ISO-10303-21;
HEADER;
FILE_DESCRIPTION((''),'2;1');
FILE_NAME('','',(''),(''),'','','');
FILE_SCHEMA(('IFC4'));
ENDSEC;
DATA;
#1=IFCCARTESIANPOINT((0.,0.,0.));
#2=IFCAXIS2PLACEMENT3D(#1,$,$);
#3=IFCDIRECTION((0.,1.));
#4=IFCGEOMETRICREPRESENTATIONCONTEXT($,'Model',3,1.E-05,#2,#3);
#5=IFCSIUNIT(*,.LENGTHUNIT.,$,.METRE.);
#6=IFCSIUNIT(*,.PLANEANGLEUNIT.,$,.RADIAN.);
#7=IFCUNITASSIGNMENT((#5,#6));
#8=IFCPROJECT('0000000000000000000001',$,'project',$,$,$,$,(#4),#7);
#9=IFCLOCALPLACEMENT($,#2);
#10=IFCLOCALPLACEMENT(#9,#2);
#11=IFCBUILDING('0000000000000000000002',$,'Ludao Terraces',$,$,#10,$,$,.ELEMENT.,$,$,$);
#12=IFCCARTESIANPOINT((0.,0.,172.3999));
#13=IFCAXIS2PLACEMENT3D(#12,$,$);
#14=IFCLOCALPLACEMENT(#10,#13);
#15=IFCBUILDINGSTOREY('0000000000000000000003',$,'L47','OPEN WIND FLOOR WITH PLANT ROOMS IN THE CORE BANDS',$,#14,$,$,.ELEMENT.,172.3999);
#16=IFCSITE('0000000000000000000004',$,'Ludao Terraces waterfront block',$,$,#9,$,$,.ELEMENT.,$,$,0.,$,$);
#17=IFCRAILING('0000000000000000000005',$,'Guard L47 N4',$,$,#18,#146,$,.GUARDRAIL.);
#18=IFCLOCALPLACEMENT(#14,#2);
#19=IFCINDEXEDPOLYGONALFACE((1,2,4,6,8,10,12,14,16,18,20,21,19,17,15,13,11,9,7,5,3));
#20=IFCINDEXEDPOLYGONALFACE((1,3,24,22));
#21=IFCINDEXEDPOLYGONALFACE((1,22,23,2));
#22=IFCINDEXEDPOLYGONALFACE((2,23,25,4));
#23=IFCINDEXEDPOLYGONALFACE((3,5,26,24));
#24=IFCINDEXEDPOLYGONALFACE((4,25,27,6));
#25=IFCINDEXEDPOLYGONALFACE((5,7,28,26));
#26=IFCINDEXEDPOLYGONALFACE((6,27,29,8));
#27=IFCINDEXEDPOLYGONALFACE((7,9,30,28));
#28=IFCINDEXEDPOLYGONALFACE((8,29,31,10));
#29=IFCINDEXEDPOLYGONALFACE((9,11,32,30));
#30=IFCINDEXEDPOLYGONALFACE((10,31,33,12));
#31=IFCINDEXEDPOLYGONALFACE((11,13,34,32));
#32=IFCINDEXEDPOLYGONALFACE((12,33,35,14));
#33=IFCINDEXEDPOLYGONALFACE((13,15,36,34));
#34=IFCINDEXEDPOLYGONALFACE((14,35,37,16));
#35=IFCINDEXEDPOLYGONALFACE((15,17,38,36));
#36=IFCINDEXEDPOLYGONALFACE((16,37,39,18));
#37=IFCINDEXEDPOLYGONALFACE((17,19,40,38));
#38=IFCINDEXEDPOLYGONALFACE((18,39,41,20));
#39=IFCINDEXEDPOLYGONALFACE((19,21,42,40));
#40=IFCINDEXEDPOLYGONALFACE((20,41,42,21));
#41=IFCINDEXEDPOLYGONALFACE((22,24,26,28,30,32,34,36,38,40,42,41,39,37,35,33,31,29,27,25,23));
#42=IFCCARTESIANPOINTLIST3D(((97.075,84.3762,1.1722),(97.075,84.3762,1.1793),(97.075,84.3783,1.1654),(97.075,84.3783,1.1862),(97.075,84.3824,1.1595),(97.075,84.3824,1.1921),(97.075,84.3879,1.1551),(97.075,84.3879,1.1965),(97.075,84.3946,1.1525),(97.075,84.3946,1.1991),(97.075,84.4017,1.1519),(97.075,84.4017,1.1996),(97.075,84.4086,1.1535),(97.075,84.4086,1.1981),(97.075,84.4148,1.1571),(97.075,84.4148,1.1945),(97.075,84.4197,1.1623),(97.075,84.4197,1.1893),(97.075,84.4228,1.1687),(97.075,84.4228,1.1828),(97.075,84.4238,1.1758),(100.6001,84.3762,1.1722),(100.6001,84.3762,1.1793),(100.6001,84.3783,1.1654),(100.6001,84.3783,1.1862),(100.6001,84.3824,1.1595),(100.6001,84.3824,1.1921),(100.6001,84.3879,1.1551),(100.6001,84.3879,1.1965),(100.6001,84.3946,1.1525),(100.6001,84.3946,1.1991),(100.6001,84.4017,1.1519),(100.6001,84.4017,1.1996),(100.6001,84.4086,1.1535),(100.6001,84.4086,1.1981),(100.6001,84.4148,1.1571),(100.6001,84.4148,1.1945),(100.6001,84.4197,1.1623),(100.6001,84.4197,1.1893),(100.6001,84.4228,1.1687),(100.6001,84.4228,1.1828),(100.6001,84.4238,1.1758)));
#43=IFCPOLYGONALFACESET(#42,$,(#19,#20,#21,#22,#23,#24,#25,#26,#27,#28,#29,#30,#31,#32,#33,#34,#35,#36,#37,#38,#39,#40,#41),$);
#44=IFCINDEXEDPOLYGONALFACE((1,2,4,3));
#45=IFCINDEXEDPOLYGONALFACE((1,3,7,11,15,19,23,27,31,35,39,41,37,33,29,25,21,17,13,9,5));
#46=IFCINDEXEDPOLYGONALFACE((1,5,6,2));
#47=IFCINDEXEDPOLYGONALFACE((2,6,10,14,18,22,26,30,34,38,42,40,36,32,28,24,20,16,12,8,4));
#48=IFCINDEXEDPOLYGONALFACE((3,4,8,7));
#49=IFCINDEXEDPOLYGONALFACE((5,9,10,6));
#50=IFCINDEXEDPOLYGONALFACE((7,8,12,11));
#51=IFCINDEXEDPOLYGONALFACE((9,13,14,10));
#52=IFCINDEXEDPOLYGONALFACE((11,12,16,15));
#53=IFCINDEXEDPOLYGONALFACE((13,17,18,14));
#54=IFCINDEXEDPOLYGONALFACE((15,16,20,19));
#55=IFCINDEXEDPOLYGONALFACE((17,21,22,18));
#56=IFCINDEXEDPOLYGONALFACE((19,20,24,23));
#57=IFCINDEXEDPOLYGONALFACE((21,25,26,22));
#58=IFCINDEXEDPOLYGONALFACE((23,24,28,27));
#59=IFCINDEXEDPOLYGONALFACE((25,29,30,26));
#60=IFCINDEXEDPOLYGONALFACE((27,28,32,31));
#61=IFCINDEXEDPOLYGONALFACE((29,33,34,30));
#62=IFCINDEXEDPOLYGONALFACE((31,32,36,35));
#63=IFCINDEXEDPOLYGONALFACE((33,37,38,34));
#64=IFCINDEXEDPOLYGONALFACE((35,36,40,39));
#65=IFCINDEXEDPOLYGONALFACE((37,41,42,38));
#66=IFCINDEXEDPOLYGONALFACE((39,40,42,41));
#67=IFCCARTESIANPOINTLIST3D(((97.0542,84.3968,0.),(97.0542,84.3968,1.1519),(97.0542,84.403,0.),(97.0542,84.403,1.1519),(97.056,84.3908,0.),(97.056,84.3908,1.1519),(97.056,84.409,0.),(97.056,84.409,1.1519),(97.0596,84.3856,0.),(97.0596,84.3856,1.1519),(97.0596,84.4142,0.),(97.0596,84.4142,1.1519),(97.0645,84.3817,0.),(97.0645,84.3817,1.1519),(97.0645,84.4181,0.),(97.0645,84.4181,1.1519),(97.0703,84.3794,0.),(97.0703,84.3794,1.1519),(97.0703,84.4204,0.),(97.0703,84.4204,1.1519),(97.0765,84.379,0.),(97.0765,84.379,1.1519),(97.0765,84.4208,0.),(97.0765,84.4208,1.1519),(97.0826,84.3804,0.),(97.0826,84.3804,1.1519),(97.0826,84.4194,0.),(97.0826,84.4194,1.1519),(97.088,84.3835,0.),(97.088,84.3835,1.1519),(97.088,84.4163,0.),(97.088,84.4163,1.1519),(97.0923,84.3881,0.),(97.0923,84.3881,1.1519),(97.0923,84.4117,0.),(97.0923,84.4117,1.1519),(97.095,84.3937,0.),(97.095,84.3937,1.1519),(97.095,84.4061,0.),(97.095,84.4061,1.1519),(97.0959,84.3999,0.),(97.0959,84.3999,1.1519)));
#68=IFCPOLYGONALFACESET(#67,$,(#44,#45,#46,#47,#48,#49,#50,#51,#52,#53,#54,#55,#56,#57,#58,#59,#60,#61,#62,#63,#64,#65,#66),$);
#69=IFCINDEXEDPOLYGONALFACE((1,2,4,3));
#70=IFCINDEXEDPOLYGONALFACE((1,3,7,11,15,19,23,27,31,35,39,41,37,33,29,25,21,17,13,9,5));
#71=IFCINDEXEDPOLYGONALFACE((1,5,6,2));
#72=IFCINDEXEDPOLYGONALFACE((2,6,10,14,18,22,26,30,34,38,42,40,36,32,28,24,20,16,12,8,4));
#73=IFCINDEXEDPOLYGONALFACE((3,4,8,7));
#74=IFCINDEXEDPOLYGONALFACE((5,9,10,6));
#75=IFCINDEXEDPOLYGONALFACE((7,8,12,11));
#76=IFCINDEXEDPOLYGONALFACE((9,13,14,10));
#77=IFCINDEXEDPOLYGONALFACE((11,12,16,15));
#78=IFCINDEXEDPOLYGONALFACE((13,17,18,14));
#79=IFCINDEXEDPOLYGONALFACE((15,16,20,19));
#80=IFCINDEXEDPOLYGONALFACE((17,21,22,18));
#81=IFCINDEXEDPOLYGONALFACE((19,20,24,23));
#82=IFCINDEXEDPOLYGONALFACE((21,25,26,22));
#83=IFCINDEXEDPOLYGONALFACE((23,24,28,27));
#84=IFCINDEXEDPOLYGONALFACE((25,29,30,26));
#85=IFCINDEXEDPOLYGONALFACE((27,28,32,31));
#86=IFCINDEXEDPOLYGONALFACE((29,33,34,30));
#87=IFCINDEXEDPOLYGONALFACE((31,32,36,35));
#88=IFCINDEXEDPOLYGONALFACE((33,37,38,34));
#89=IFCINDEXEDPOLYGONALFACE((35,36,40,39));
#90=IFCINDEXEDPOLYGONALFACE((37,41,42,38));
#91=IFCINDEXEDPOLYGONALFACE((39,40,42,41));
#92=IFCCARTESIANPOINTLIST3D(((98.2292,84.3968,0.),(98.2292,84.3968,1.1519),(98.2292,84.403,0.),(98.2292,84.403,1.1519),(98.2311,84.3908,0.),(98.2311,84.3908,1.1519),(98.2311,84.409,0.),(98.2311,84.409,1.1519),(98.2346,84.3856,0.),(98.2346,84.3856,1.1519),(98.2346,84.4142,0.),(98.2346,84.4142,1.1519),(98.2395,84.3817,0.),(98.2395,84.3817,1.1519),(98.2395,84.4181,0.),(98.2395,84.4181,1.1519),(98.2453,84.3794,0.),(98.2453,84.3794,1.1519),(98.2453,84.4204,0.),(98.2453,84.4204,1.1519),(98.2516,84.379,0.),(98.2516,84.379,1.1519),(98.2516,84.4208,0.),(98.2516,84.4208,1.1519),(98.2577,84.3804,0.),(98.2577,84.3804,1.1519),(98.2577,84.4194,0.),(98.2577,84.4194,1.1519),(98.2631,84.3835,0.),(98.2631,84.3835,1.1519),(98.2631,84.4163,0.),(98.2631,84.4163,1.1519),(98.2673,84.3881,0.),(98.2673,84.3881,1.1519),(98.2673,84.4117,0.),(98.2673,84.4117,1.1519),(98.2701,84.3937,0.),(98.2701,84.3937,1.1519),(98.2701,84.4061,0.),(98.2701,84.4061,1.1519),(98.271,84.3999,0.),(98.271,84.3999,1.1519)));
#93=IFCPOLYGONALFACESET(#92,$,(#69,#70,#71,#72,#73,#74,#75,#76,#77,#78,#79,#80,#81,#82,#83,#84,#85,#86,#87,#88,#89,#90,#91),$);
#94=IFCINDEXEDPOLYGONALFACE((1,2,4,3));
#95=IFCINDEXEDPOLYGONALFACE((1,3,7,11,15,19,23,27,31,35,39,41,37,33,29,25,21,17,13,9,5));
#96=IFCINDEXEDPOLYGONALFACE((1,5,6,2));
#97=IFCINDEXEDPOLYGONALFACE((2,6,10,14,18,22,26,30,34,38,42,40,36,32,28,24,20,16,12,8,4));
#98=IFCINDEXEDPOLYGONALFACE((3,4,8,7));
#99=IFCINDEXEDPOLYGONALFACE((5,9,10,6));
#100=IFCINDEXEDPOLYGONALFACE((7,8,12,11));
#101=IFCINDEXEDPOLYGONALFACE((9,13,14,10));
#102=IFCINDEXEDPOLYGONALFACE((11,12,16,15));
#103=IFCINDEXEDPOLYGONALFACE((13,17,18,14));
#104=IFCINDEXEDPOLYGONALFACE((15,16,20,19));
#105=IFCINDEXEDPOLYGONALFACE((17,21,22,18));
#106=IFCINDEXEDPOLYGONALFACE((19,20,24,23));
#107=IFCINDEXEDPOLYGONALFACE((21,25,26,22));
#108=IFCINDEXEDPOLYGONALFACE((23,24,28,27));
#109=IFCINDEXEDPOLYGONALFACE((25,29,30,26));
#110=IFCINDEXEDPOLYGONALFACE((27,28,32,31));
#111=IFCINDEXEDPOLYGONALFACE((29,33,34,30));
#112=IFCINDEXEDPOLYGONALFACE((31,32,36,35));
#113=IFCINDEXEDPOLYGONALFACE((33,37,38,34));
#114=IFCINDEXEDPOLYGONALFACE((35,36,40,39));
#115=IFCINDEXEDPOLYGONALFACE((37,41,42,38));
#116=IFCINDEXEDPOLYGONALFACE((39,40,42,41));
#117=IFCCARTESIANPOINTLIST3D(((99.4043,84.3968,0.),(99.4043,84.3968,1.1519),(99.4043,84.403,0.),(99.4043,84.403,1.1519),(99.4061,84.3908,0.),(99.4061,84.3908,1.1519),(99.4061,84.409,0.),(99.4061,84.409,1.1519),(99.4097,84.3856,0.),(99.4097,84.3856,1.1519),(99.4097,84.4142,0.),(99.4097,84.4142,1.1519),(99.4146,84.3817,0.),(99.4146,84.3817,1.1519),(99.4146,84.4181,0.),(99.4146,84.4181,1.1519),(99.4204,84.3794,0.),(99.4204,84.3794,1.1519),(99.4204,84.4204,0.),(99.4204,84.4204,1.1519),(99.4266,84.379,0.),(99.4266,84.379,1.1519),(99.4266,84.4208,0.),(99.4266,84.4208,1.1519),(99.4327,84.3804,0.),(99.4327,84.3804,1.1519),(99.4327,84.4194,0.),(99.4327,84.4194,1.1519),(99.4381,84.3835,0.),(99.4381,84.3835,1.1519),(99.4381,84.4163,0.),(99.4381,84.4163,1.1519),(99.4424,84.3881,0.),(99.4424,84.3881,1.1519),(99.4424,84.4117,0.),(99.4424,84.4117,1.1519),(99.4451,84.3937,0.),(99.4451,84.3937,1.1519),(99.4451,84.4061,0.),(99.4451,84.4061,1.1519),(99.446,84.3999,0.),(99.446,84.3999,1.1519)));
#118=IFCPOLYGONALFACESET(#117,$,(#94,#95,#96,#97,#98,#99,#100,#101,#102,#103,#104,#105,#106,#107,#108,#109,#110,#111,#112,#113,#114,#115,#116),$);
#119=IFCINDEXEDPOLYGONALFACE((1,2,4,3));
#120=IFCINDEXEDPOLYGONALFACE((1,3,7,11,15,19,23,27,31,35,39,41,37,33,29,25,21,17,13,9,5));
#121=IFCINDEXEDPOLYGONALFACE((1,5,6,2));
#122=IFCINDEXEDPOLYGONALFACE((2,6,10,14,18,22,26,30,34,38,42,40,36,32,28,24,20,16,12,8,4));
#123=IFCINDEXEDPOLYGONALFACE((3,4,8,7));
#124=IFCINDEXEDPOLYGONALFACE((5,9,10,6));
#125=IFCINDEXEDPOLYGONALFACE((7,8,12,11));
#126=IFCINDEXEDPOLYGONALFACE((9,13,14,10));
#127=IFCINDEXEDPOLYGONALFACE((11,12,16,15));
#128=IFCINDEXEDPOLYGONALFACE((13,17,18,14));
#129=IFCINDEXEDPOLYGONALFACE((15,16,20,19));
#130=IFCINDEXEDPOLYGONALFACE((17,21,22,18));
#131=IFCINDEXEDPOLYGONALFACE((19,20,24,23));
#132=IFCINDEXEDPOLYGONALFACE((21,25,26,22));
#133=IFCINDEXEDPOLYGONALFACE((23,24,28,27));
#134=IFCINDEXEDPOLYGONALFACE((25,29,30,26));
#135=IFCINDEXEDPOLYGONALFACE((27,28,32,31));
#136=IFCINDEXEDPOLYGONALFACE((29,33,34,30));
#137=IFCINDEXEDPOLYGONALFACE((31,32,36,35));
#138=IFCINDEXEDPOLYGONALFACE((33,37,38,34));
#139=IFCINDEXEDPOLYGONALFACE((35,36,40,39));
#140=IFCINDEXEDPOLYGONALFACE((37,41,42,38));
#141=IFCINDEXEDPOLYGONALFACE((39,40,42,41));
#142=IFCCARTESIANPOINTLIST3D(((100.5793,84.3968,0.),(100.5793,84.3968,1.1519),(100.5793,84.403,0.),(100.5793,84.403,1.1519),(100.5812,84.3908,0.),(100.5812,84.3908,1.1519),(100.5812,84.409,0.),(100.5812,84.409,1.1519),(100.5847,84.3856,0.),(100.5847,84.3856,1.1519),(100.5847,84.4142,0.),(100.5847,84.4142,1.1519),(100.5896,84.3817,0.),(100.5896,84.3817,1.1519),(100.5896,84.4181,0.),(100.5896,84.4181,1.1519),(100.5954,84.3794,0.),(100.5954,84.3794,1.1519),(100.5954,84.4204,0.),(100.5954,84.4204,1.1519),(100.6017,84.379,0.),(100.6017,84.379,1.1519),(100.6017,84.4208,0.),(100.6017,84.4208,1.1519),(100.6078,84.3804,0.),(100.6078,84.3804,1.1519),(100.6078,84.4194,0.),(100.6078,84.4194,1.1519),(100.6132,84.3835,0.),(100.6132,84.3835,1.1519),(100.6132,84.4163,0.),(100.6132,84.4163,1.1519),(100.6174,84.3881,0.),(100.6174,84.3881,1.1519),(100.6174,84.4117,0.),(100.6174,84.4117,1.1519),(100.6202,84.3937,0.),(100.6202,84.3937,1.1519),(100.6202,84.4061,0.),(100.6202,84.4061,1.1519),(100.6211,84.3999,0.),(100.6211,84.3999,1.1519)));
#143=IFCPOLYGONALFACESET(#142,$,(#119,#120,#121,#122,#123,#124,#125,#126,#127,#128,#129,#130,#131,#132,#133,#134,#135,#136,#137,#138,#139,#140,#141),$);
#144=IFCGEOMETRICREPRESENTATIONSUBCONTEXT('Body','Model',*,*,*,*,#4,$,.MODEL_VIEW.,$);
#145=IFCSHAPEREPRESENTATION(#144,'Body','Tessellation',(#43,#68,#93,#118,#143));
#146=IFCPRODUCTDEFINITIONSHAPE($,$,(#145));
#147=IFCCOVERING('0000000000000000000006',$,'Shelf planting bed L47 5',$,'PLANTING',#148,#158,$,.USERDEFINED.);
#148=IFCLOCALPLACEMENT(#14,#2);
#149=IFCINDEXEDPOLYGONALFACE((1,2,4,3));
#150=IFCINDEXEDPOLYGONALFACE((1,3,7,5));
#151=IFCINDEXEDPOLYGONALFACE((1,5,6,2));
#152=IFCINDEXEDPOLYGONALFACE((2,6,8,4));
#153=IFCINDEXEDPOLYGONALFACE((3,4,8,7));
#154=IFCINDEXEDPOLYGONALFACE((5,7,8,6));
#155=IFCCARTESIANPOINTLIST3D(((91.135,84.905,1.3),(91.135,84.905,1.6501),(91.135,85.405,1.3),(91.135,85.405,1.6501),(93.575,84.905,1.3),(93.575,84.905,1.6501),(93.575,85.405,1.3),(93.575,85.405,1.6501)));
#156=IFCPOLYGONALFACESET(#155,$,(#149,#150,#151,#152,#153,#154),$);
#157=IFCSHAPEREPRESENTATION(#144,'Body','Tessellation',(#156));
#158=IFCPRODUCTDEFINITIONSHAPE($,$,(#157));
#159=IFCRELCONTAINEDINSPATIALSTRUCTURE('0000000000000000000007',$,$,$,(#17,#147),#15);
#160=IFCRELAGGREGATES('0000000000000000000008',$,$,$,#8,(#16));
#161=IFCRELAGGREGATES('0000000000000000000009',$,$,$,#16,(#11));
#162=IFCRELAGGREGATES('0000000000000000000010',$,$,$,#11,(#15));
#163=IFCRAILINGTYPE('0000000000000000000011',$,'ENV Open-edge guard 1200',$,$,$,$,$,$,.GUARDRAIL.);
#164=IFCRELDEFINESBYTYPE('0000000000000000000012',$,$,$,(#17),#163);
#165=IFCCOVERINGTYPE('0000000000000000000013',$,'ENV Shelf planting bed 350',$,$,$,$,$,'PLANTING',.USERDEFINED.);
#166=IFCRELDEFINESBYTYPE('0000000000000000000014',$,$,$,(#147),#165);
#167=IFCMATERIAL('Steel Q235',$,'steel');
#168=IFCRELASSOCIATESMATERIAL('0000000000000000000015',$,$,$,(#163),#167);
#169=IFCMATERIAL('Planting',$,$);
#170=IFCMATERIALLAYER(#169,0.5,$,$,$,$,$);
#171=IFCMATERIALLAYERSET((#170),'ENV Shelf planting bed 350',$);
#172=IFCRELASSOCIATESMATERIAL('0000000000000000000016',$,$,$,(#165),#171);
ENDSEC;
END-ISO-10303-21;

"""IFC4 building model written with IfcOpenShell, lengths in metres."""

from ifc_helpers import new_model, si_unit, direction, frame, origin, origin_2d, place, context, subcontext, project, spatial, rectangle, circle, extrude, material, layer, layer_set, type_object, element, save


model = new_model("IFC4")

# Units and contexts
model_context = context("Model", 3, precision=1e-05, world=origin(), true_north=direction((0.0, 1.0)))
body_context = subcontext(model_context, "Body", "Model", "MODEL_VIEW")
ifc_project = project(units=[si_unit("LENGTHUNIT", "METRE"), si_unit("PLANEANGLEUNIT", "RADIAN")], contexts=[model_context])

# Site, building, storey
site_placement = place(None, origin())
site = spatial("IfcSite", under=ifc_project, at=site_placement, Name="Ludao Terraces waterfront block", CompositionType="ELEMENT", RefElevation=0.0)
building_placement = place(site_placement, origin())
building = spatial("IfcBuilding", under=site, at=building_placement, Name="Ludao Terraces", CompositionType="ELEMENT")
storey_placement = place(building_placement, frame((0.0, 0.0, 172.3999)))
storey = spatial("IfcBuildingStorey", under=building, at=storey_placement, Name="L47", Description="OPEN WIND FLOOR WITH PLANT ROOMS IN THE CORE BANDS", CompositionType="ELEMENT", Elevation=172.3999)

# Shared definitions
ifc_material_1 = material(Name="Steel Q235", Category="steel")

# Railing
railing_type_1 = type_object("IfcRailingType", Name="ENV Open-edge guard 1200", PredefinedType="GUARDRAIL", material=ifc_material_1)
railing_1_placement = place(storey_placement, frame((97.075, 84.3999, 0.0)))
element("IfcRailing", 1, at=railing_1_placement, inside=storey, type_object=railing_type_1, Name="Guard L47 N4", PredefinedType="GUARDRAIL", context=body_context, shape_type="SweptSolid", body=[
    extrude(circle(Radius=0.0239, at=origin_2d()), frame((0.0, 0.0, 1.1758), z_axis=(1.0, 0.0, 0.0), x_axis=(0.0, 1.0, 0.0)), (0.0, 0.0, 1.0), 3.5251),
    extrude(circle(Radius=0.021, at=origin_2d()), origin(), (0.0, 0.0, 1.0), 1.1519),
    extrude(circle(Radius=0.021, at=origin_2d()), frame((1.175, 0.0, 0.0)), (0.0, 0.0, 1.0), 1.1519),
    extrude(circle(Radius=0.021, at=origin_2d()), frame((2.3501, 0.0, 0.0)), (0.0, 0.0, 1.0), 1.1519),
    extrude(circle(Radius=0.021, at=origin_2d()), frame((3.5251, 0.0, 0.0)), (0.0, 0.0, 1.0), 1.1519),
])

# Covering
ifc_material_2 = material(Name="Planting")
ifc_layer_1 = layer(ifc_material_2, 0.5)
ifc_layer_set_1 = layer_set([ifc_layer_1], Name="ENV Shelf planting bed 350")
covering_type_1 = type_object("IfcCoveringType", Name="ENV Shelf planting bed 350", ElementType="PLANTING", PredefinedType="USERDEFINED", material=ifc_layer_set_1)
covering_1_placement = place(storey_placement, frame((92.355, 85.155, 1.3), z_axis=(0.0, 0.0, 1.0), x_axis=(1.0, 0.0, 0.0)))
element("IfcCovering", 2, at=covering_1_placement, inside=storey, type_object=covering_type_1, Name="Shelf planting bed L47 5", ObjectType="PLANTING", PredefinedType="USERDEFINED", context=body_context, shape_type="SweptSolid", body=[
    extrude(rectangle(XDim=2.4399, YDim=0.5, at=origin_2d()), origin(), (0.0, 0.0, 1.0), 0.3501),
])

save(model, "model.ifc")
